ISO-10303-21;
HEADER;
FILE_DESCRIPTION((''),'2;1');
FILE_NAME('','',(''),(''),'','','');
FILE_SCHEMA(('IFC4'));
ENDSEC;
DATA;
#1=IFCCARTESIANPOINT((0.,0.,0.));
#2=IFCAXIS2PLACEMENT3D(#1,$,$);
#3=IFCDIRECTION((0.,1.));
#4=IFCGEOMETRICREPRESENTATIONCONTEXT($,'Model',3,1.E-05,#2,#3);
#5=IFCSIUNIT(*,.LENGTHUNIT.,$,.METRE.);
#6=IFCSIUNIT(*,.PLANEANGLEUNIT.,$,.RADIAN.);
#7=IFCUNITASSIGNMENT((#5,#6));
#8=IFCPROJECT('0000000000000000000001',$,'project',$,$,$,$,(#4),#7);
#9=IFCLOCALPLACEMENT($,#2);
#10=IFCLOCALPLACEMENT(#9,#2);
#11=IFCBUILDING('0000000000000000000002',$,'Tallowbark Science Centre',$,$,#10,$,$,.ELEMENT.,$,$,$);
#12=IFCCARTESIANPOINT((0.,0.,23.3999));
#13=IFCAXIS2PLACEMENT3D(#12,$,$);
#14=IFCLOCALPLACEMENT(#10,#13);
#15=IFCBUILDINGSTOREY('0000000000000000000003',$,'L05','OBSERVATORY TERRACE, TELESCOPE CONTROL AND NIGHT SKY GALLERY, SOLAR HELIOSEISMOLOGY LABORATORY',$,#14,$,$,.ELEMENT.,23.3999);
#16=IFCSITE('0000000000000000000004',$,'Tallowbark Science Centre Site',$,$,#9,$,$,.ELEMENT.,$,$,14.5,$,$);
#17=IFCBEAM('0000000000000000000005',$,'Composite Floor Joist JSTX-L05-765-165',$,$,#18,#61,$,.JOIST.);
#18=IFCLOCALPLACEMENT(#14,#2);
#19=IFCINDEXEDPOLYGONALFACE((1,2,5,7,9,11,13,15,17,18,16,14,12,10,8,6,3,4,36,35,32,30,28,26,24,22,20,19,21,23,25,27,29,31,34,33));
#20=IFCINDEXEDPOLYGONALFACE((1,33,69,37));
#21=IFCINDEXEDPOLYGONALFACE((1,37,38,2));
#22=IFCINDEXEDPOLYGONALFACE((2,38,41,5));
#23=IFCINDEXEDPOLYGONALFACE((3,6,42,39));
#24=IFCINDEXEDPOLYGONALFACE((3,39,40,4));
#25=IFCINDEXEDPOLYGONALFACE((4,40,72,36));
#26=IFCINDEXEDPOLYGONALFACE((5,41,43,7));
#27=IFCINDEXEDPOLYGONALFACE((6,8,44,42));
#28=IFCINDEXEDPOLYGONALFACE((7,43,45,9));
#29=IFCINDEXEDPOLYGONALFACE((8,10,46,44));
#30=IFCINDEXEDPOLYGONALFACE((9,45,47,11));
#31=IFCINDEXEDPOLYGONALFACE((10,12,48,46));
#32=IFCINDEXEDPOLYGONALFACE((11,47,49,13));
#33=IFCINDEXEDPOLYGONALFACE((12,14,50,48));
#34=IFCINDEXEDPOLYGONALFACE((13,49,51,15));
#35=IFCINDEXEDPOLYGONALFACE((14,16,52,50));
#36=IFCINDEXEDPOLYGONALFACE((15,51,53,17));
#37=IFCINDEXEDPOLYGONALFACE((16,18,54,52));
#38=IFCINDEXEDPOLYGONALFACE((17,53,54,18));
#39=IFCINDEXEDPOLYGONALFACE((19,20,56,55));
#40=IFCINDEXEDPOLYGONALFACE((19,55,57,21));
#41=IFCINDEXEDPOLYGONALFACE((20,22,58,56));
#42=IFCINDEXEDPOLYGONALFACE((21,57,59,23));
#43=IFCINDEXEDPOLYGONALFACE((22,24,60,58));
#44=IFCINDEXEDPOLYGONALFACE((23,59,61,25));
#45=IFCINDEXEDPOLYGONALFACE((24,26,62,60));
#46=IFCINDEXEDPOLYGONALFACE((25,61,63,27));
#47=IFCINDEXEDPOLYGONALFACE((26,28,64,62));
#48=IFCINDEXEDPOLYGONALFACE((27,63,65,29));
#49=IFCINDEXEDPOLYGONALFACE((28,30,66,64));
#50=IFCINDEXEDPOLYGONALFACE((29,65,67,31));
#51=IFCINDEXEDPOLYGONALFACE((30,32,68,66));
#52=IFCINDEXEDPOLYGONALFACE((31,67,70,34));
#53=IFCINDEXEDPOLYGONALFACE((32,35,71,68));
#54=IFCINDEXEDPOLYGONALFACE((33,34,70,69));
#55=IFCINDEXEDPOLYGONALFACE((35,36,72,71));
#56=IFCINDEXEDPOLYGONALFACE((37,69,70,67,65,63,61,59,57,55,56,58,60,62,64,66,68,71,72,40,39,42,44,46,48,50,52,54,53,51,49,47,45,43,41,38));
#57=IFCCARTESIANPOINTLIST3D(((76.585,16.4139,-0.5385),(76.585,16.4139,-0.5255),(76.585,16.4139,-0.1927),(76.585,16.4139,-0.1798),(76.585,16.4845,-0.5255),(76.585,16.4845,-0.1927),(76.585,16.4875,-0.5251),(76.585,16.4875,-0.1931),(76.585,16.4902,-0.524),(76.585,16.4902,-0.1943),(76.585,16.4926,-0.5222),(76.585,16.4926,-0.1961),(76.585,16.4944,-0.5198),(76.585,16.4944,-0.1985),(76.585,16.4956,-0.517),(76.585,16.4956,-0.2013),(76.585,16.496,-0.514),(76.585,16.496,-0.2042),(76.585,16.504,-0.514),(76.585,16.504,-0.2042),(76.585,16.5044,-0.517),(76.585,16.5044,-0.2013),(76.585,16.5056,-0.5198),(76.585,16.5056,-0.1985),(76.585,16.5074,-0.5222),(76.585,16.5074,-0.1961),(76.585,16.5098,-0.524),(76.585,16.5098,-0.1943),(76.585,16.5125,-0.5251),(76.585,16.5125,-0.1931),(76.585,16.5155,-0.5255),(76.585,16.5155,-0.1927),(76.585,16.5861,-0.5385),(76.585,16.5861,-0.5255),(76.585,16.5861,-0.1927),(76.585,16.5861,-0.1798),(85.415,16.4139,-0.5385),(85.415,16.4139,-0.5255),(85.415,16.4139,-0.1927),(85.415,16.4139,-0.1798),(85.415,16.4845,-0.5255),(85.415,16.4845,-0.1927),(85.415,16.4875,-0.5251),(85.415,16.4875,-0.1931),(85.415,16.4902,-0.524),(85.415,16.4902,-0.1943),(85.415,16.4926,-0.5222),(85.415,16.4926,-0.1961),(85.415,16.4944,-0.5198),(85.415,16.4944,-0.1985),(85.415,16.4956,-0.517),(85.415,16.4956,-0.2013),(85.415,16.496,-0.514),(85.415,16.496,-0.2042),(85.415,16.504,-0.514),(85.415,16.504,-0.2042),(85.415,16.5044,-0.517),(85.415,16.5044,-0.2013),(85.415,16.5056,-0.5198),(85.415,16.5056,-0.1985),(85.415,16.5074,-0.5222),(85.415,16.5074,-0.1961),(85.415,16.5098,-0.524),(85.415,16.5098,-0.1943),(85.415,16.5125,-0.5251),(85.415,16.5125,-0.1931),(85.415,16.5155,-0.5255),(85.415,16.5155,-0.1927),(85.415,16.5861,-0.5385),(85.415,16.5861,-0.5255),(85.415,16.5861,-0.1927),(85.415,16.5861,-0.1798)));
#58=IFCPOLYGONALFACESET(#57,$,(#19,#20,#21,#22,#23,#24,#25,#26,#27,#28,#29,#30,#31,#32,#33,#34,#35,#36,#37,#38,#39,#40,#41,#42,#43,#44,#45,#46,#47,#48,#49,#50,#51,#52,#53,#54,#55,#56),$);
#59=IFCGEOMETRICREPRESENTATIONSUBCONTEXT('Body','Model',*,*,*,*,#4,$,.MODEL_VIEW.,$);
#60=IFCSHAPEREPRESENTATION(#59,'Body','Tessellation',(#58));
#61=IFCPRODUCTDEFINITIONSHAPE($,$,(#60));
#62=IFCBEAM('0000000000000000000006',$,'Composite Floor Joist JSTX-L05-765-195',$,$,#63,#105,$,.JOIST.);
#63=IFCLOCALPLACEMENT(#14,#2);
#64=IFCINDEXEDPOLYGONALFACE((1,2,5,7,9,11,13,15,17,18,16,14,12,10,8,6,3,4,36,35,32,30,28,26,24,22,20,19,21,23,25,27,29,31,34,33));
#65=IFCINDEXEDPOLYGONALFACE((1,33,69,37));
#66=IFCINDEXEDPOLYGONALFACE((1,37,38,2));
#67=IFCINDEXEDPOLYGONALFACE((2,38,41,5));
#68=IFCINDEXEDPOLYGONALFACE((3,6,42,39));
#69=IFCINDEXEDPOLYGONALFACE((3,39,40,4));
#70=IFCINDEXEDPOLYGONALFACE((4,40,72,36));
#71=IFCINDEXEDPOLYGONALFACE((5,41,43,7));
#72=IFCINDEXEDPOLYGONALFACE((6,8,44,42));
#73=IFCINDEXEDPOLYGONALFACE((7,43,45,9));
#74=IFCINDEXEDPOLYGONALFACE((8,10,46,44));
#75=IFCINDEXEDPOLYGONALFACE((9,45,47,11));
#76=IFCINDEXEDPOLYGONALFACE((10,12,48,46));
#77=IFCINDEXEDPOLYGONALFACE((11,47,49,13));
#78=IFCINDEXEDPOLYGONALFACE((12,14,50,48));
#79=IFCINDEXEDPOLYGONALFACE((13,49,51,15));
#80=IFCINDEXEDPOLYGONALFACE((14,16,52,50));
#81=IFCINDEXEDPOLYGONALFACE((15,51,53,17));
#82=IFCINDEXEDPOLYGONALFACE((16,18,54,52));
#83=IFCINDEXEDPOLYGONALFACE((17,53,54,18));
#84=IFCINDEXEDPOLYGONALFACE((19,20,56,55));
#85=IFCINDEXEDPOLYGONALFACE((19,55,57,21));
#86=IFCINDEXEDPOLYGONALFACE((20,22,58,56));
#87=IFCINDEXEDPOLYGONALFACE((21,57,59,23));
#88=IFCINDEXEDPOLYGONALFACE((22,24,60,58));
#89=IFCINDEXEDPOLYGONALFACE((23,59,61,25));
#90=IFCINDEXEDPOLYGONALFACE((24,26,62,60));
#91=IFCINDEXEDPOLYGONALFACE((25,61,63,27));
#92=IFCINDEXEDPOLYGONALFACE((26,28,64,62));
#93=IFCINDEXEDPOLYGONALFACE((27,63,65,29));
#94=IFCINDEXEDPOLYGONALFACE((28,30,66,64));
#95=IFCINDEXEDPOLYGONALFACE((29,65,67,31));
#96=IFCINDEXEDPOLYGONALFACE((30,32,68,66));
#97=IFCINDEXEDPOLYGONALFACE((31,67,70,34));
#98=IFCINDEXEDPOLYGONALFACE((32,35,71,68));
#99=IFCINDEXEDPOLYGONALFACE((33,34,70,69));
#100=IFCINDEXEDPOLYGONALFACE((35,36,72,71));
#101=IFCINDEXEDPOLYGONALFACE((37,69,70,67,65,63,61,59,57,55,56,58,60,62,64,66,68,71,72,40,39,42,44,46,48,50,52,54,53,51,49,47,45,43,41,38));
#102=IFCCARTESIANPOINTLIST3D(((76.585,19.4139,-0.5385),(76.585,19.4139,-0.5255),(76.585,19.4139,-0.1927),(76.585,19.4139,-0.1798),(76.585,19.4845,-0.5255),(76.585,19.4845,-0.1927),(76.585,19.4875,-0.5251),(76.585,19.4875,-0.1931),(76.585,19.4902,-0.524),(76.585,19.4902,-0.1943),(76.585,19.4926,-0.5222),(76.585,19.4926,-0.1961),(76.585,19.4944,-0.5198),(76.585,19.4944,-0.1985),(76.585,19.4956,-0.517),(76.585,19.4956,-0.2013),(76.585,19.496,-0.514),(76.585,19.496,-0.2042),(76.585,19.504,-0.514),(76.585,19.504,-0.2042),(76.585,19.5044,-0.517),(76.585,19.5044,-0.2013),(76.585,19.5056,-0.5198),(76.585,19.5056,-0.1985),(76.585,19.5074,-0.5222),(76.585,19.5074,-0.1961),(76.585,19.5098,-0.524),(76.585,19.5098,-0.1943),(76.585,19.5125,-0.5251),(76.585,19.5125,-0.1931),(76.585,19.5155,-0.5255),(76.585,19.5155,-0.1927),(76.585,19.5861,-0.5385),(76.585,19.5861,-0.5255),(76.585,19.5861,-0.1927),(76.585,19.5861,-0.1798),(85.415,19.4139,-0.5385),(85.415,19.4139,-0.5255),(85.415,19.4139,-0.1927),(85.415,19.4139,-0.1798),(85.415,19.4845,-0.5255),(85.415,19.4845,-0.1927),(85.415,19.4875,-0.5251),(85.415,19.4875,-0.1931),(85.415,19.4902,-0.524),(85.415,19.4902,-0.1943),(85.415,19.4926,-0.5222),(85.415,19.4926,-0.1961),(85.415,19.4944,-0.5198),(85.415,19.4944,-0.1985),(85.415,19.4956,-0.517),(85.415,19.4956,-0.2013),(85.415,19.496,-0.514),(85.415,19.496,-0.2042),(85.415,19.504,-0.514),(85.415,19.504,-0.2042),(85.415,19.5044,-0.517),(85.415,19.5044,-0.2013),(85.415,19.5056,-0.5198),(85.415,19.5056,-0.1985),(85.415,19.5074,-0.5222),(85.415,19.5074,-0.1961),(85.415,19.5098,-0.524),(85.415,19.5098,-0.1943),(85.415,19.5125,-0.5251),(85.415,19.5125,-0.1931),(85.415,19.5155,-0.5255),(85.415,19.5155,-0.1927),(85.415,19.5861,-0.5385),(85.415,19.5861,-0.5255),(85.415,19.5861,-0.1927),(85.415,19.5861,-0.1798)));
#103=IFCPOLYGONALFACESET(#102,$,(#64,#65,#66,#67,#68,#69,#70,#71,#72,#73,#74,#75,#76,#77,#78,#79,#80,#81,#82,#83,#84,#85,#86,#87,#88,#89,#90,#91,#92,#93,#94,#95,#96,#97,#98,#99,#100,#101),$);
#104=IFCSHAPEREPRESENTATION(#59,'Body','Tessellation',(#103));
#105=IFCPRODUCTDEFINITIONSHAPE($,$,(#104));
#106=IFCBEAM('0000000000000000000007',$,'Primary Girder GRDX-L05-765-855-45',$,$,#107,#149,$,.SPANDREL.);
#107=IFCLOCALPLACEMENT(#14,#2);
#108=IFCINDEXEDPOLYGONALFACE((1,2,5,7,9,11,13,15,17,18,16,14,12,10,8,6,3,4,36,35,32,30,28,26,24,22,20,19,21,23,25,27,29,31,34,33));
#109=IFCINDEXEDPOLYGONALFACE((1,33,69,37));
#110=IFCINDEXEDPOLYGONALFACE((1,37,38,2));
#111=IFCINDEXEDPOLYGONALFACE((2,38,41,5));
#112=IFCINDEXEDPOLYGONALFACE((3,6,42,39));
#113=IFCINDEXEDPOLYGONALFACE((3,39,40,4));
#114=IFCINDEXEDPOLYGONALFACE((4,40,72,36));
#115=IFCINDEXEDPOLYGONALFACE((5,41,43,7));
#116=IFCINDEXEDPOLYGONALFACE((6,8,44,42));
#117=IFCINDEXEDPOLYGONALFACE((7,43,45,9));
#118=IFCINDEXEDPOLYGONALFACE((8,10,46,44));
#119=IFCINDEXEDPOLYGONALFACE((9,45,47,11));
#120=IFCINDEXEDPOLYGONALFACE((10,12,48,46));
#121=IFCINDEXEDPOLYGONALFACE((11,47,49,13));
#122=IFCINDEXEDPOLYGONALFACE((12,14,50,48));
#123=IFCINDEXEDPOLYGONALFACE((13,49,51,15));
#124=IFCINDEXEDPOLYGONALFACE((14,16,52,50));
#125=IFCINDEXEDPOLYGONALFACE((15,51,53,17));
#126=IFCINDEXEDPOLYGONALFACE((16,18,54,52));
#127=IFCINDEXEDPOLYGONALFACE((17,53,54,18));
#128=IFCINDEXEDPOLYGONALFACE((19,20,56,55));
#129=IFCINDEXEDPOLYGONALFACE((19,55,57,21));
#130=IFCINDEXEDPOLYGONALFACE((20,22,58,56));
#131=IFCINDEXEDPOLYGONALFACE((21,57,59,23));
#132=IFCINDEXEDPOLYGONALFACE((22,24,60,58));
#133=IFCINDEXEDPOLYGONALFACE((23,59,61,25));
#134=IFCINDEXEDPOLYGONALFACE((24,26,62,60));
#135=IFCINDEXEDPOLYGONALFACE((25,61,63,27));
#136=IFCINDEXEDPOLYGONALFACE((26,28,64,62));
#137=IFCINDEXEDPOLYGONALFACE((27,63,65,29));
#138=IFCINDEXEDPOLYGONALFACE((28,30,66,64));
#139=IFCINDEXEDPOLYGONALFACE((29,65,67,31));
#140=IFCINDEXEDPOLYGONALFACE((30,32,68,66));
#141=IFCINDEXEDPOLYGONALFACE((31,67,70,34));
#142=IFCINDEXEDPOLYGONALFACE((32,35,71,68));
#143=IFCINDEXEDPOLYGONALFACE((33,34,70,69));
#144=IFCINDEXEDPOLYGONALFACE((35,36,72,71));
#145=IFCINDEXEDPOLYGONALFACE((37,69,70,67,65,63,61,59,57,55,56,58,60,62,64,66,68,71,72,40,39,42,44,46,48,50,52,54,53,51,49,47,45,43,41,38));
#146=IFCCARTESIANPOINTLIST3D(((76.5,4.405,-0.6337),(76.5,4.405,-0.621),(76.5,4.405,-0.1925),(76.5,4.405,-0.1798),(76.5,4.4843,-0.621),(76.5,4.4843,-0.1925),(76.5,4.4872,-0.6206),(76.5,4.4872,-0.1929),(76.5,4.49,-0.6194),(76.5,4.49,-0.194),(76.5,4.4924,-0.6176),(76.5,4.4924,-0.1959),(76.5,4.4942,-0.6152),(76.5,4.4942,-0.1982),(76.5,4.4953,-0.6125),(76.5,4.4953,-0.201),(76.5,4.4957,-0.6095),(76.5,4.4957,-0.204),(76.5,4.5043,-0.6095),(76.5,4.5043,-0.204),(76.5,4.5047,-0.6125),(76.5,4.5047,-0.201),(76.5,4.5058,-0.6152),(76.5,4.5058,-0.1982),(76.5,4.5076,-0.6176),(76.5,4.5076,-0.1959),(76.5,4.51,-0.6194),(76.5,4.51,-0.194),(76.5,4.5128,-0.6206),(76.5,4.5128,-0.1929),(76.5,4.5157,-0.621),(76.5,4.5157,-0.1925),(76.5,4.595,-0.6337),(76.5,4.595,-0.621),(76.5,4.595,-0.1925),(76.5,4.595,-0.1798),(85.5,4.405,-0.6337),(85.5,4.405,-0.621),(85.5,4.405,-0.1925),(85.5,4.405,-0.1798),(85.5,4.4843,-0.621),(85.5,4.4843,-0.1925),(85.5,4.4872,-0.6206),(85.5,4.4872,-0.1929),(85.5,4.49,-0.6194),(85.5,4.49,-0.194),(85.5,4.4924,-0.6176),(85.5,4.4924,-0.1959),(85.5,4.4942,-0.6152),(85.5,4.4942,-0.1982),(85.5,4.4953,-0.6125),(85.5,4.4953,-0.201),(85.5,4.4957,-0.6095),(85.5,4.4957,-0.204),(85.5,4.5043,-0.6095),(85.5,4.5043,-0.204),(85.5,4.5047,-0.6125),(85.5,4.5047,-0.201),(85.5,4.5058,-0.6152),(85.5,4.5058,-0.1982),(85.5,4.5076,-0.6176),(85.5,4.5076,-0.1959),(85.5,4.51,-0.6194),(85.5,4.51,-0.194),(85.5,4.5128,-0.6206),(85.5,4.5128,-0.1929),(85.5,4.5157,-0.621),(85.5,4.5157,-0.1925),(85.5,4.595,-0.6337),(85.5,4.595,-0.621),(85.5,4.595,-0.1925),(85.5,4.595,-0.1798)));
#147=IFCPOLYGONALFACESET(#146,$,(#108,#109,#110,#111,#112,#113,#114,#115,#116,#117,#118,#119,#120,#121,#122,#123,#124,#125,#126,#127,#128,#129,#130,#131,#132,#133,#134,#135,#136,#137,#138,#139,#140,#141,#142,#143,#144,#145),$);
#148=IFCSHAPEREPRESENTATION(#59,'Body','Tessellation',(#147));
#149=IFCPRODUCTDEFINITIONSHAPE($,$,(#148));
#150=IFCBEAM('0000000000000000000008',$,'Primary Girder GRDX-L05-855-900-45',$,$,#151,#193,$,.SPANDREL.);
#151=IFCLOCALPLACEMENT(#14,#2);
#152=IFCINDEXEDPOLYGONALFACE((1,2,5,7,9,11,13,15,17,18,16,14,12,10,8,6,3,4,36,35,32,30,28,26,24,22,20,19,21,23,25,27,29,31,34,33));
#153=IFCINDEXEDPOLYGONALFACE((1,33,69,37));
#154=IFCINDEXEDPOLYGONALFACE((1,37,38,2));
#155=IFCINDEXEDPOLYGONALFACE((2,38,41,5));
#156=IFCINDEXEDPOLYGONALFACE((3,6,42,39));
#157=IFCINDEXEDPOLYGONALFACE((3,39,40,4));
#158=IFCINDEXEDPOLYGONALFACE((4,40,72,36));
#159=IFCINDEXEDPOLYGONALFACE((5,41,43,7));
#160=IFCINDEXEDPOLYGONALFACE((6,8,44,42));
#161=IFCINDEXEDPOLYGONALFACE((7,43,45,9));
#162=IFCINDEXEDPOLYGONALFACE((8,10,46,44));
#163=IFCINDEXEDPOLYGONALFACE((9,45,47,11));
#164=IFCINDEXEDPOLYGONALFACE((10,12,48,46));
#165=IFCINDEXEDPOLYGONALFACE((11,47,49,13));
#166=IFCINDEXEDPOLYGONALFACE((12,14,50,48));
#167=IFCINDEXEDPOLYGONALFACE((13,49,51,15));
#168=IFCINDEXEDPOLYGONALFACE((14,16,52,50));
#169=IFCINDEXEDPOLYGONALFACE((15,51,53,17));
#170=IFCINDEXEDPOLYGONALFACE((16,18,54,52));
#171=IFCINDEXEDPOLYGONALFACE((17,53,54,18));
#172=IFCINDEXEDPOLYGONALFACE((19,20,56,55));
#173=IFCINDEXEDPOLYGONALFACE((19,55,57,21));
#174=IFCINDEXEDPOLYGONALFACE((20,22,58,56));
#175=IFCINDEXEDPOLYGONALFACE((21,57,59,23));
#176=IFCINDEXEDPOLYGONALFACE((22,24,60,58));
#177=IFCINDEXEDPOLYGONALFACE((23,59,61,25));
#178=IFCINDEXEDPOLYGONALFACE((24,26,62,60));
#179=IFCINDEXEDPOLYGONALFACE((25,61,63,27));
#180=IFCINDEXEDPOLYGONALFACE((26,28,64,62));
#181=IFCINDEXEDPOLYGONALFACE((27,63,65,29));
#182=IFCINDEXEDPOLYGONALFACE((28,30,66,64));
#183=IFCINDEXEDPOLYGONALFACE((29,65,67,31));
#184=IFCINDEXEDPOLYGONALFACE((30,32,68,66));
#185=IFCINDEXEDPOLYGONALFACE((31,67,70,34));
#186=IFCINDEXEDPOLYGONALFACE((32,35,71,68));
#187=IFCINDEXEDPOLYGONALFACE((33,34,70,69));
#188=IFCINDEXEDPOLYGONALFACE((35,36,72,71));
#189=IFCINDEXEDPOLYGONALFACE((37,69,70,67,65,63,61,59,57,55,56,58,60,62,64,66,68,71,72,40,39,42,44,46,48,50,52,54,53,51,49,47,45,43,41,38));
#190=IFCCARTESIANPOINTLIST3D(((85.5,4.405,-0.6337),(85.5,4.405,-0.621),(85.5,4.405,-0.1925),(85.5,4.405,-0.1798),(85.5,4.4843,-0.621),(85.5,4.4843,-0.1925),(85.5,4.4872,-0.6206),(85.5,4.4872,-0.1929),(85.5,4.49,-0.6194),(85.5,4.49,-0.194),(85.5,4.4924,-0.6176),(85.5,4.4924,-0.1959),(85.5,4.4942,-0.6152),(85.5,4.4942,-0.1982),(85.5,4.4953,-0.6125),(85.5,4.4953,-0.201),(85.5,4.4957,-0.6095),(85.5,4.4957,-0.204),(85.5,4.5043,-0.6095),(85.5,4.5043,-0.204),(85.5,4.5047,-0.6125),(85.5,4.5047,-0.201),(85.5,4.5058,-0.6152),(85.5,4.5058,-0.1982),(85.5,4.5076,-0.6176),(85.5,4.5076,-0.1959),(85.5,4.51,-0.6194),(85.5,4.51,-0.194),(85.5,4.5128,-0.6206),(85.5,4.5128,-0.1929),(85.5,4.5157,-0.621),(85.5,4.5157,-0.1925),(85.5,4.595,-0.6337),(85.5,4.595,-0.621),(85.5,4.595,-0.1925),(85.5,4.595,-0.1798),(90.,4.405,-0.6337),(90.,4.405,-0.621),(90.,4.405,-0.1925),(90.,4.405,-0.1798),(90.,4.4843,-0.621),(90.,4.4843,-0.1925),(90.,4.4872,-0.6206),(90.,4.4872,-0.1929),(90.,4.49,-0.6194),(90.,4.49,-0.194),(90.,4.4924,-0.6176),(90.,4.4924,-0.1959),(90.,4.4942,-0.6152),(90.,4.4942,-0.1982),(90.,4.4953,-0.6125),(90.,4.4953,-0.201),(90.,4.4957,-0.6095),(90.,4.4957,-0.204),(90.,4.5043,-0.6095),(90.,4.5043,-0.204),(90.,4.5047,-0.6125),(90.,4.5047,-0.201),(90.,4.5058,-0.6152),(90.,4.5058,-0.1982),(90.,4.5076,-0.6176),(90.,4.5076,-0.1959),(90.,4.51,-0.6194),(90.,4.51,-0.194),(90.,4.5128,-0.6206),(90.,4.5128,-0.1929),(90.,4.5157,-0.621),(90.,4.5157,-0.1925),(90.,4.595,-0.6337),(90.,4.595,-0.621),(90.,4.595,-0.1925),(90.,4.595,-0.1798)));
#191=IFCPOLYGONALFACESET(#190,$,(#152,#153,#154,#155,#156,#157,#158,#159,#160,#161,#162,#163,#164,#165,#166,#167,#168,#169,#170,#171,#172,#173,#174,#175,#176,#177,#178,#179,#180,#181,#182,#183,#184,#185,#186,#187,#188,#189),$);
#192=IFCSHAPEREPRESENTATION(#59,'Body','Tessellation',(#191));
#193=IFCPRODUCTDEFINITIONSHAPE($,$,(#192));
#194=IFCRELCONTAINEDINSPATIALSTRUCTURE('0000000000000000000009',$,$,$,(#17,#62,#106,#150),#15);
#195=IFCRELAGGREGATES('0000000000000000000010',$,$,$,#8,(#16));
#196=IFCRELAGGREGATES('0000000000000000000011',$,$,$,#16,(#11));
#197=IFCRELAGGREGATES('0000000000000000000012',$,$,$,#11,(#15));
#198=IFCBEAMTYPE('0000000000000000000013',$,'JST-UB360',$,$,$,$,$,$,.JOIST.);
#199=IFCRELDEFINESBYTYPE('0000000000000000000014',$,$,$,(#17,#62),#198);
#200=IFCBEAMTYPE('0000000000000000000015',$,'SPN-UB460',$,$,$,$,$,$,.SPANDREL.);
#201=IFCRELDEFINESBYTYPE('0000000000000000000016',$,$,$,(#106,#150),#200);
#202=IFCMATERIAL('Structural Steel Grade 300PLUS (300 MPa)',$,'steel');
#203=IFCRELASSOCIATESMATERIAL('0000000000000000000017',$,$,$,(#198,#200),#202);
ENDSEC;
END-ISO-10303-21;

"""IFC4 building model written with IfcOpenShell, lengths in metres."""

from ifc_helpers import new_model, si_unit, direction, frame, origin, origin_2d, place, context, subcontext, project, spatial, i_section, extrude, material, material_profile, profile_set, type_object, element, save


model = new_model("IFC4")

# Units and contexts
model_context = context("Model", 3, precision=1e-05, world=origin(), true_north=direction((0.0, 1.0)))
body_context = subcontext(model_context, "Body", "Model", "MODEL_VIEW")
ifc_project = project(units=[si_unit("LENGTHUNIT", "METRE"), si_unit("PLANEANGLEUNIT", "RADIAN")], contexts=[model_context])

# Site, building, storey
site_placement = place(None, origin())
site = spatial("IfcSite", under=ifc_project, at=site_placement, Name="Tallowbark Science Centre Site", CompositionType="ELEMENT", RefElevation=14.5)
building_placement = place(site_placement, origin())
building = spatial("IfcBuilding", under=site, at=building_placement, Name="Tallowbark Science Centre", CompositionType="ELEMENT")
storey_placement = place(building_placement, frame((0.0, 0.0, 23.3999)))
storey = spatial("IfcBuildingStorey", under=building, at=storey_placement, Name="L05", Description="OBSERVATORY TERRACE, TELESCOPE CONTROL AND NIGHT SKY GALLERY, SOLAR HELIOSEISMOLOGY LABORATORY", CompositionType="ELEMENT", Elevation=23.3999)

# Shared definitions
ifc_material_1 = material(Name="Structural Steel Grade 300PLUS (300 MPa)", Category="steel")

# Beams
ifc_material_profile_1 = material_profile(ifc_material_1, i_section(OverallWidth=0.1721, OverallDepth=0.3586, WebThickness=0.0081, FlangeThickness=0.0129, FilletRadius=0.0115, at=origin_2d()), Name="360UB56.7")
ifc_profile_set_1 = profile_set([ifc_material_profile_1], Name="Structural Steel Grade 300PLUS (300 MPa)")
beam_type_1 = type_object("IfcBeamType", Name="JST-UB360", PredefinedType="JOIST", material=ifc_profile_set_1)
for number, where, z_axis, x_axis, name in (
    (1, (76.585, 16.5, -0.3591), (1.0, 0.0, 0.0), (0.0, 1.0, 0.0), "Composite Floor Joist JSTX-L05-765-165"),
    (2, (76.585, 19.5, -0.3591), (1.0, 0.0, 0.0), (0.0, 1.0, 0.0), "Composite Floor Joist JSTX-L05-765-195"),
):
    element("IfcBeam", number, at=place(storey_placement, frame(where, z_axis=z_axis, x_axis=x_axis)), inside=storey, type_object=beam_type_1, Name=name, PredefinedType="JOIST", context=body_context, shape_type="SweptSolid", body=[
        extrude(i_section(OverallWidth=0.1721, OverallDepth=0.3586, WebThickness=0.0081, FlangeThickness=0.0129, FilletRadius=0.0115, at=origin_2d()), origin(), (0.0, 0.0, 1.0), 8.8301),
    ])
ifc_material_profile_2 = material_profile(ifc_material_1, i_section(OverallWidth=0.1899, OverallDepth=0.4539, WebThickness=0.0085, FlangeThickness=0.0127, FilletRadius=0.0115, at=origin_2d()), Name="460UB67.1")
ifc_profile_set_2 = profile_set([ifc_material_profile_2], Name="Structural Steel Grade 300PLUS (300 MPa)")
beam_type_2 = type_object("IfcBeamType", Name="SPN-UB460", PredefinedType="SPANDREL", material=ifc_profile_set_2)
beam_1_placement = place(storey_placement, frame((76.5, 4.5, -0.4067), z_axis=(1.0, 0.0, 0.0), x_axis=(0.0, 1.0, 0.0)))
element("IfcBeam", 3, at=beam_1_placement, inside=storey, type_object=beam_type_2, Name="Primary Girder GRDX-L05-765-855-45", PredefinedType="SPANDREL", context=body_context, shape_type="SweptSolid", body=[
    extrude(i_section(OverallWidth=0.1899, OverallDepth=0.4539, WebThickness=0.0085, FlangeThickness=0.0127, FilletRadius=0.0115, at=origin_2d()), origin(), (0.0, 0.0, 1.0), 9.0),
])
beam_2_placement = place(storey_placement, frame((85.5, 4.5, -0.4067), z_axis=(1.0, 0.0, 0.0), x_axis=(0.0, 1.0, 0.0)))
element("IfcBeam", 4, at=beam_2_placement, inside=storey, type_object=beam_type_2, Name="Primary Girder GRDX-L05-855-900-45", PredefinedType="SPANDREL", context=body_context, shape_type="SweptSolid", body=[
    extrude(i_section(OverallWidth=0.1899, OverallDepth=0.4539, WebThickness=0.0085, FlangeThickness=0.0127, FilletRadius=0.0115, at=origin_2d()), origin(), (0.0, 0.0, 1.0), 4.5),
])

save(model, "model.ifc")
